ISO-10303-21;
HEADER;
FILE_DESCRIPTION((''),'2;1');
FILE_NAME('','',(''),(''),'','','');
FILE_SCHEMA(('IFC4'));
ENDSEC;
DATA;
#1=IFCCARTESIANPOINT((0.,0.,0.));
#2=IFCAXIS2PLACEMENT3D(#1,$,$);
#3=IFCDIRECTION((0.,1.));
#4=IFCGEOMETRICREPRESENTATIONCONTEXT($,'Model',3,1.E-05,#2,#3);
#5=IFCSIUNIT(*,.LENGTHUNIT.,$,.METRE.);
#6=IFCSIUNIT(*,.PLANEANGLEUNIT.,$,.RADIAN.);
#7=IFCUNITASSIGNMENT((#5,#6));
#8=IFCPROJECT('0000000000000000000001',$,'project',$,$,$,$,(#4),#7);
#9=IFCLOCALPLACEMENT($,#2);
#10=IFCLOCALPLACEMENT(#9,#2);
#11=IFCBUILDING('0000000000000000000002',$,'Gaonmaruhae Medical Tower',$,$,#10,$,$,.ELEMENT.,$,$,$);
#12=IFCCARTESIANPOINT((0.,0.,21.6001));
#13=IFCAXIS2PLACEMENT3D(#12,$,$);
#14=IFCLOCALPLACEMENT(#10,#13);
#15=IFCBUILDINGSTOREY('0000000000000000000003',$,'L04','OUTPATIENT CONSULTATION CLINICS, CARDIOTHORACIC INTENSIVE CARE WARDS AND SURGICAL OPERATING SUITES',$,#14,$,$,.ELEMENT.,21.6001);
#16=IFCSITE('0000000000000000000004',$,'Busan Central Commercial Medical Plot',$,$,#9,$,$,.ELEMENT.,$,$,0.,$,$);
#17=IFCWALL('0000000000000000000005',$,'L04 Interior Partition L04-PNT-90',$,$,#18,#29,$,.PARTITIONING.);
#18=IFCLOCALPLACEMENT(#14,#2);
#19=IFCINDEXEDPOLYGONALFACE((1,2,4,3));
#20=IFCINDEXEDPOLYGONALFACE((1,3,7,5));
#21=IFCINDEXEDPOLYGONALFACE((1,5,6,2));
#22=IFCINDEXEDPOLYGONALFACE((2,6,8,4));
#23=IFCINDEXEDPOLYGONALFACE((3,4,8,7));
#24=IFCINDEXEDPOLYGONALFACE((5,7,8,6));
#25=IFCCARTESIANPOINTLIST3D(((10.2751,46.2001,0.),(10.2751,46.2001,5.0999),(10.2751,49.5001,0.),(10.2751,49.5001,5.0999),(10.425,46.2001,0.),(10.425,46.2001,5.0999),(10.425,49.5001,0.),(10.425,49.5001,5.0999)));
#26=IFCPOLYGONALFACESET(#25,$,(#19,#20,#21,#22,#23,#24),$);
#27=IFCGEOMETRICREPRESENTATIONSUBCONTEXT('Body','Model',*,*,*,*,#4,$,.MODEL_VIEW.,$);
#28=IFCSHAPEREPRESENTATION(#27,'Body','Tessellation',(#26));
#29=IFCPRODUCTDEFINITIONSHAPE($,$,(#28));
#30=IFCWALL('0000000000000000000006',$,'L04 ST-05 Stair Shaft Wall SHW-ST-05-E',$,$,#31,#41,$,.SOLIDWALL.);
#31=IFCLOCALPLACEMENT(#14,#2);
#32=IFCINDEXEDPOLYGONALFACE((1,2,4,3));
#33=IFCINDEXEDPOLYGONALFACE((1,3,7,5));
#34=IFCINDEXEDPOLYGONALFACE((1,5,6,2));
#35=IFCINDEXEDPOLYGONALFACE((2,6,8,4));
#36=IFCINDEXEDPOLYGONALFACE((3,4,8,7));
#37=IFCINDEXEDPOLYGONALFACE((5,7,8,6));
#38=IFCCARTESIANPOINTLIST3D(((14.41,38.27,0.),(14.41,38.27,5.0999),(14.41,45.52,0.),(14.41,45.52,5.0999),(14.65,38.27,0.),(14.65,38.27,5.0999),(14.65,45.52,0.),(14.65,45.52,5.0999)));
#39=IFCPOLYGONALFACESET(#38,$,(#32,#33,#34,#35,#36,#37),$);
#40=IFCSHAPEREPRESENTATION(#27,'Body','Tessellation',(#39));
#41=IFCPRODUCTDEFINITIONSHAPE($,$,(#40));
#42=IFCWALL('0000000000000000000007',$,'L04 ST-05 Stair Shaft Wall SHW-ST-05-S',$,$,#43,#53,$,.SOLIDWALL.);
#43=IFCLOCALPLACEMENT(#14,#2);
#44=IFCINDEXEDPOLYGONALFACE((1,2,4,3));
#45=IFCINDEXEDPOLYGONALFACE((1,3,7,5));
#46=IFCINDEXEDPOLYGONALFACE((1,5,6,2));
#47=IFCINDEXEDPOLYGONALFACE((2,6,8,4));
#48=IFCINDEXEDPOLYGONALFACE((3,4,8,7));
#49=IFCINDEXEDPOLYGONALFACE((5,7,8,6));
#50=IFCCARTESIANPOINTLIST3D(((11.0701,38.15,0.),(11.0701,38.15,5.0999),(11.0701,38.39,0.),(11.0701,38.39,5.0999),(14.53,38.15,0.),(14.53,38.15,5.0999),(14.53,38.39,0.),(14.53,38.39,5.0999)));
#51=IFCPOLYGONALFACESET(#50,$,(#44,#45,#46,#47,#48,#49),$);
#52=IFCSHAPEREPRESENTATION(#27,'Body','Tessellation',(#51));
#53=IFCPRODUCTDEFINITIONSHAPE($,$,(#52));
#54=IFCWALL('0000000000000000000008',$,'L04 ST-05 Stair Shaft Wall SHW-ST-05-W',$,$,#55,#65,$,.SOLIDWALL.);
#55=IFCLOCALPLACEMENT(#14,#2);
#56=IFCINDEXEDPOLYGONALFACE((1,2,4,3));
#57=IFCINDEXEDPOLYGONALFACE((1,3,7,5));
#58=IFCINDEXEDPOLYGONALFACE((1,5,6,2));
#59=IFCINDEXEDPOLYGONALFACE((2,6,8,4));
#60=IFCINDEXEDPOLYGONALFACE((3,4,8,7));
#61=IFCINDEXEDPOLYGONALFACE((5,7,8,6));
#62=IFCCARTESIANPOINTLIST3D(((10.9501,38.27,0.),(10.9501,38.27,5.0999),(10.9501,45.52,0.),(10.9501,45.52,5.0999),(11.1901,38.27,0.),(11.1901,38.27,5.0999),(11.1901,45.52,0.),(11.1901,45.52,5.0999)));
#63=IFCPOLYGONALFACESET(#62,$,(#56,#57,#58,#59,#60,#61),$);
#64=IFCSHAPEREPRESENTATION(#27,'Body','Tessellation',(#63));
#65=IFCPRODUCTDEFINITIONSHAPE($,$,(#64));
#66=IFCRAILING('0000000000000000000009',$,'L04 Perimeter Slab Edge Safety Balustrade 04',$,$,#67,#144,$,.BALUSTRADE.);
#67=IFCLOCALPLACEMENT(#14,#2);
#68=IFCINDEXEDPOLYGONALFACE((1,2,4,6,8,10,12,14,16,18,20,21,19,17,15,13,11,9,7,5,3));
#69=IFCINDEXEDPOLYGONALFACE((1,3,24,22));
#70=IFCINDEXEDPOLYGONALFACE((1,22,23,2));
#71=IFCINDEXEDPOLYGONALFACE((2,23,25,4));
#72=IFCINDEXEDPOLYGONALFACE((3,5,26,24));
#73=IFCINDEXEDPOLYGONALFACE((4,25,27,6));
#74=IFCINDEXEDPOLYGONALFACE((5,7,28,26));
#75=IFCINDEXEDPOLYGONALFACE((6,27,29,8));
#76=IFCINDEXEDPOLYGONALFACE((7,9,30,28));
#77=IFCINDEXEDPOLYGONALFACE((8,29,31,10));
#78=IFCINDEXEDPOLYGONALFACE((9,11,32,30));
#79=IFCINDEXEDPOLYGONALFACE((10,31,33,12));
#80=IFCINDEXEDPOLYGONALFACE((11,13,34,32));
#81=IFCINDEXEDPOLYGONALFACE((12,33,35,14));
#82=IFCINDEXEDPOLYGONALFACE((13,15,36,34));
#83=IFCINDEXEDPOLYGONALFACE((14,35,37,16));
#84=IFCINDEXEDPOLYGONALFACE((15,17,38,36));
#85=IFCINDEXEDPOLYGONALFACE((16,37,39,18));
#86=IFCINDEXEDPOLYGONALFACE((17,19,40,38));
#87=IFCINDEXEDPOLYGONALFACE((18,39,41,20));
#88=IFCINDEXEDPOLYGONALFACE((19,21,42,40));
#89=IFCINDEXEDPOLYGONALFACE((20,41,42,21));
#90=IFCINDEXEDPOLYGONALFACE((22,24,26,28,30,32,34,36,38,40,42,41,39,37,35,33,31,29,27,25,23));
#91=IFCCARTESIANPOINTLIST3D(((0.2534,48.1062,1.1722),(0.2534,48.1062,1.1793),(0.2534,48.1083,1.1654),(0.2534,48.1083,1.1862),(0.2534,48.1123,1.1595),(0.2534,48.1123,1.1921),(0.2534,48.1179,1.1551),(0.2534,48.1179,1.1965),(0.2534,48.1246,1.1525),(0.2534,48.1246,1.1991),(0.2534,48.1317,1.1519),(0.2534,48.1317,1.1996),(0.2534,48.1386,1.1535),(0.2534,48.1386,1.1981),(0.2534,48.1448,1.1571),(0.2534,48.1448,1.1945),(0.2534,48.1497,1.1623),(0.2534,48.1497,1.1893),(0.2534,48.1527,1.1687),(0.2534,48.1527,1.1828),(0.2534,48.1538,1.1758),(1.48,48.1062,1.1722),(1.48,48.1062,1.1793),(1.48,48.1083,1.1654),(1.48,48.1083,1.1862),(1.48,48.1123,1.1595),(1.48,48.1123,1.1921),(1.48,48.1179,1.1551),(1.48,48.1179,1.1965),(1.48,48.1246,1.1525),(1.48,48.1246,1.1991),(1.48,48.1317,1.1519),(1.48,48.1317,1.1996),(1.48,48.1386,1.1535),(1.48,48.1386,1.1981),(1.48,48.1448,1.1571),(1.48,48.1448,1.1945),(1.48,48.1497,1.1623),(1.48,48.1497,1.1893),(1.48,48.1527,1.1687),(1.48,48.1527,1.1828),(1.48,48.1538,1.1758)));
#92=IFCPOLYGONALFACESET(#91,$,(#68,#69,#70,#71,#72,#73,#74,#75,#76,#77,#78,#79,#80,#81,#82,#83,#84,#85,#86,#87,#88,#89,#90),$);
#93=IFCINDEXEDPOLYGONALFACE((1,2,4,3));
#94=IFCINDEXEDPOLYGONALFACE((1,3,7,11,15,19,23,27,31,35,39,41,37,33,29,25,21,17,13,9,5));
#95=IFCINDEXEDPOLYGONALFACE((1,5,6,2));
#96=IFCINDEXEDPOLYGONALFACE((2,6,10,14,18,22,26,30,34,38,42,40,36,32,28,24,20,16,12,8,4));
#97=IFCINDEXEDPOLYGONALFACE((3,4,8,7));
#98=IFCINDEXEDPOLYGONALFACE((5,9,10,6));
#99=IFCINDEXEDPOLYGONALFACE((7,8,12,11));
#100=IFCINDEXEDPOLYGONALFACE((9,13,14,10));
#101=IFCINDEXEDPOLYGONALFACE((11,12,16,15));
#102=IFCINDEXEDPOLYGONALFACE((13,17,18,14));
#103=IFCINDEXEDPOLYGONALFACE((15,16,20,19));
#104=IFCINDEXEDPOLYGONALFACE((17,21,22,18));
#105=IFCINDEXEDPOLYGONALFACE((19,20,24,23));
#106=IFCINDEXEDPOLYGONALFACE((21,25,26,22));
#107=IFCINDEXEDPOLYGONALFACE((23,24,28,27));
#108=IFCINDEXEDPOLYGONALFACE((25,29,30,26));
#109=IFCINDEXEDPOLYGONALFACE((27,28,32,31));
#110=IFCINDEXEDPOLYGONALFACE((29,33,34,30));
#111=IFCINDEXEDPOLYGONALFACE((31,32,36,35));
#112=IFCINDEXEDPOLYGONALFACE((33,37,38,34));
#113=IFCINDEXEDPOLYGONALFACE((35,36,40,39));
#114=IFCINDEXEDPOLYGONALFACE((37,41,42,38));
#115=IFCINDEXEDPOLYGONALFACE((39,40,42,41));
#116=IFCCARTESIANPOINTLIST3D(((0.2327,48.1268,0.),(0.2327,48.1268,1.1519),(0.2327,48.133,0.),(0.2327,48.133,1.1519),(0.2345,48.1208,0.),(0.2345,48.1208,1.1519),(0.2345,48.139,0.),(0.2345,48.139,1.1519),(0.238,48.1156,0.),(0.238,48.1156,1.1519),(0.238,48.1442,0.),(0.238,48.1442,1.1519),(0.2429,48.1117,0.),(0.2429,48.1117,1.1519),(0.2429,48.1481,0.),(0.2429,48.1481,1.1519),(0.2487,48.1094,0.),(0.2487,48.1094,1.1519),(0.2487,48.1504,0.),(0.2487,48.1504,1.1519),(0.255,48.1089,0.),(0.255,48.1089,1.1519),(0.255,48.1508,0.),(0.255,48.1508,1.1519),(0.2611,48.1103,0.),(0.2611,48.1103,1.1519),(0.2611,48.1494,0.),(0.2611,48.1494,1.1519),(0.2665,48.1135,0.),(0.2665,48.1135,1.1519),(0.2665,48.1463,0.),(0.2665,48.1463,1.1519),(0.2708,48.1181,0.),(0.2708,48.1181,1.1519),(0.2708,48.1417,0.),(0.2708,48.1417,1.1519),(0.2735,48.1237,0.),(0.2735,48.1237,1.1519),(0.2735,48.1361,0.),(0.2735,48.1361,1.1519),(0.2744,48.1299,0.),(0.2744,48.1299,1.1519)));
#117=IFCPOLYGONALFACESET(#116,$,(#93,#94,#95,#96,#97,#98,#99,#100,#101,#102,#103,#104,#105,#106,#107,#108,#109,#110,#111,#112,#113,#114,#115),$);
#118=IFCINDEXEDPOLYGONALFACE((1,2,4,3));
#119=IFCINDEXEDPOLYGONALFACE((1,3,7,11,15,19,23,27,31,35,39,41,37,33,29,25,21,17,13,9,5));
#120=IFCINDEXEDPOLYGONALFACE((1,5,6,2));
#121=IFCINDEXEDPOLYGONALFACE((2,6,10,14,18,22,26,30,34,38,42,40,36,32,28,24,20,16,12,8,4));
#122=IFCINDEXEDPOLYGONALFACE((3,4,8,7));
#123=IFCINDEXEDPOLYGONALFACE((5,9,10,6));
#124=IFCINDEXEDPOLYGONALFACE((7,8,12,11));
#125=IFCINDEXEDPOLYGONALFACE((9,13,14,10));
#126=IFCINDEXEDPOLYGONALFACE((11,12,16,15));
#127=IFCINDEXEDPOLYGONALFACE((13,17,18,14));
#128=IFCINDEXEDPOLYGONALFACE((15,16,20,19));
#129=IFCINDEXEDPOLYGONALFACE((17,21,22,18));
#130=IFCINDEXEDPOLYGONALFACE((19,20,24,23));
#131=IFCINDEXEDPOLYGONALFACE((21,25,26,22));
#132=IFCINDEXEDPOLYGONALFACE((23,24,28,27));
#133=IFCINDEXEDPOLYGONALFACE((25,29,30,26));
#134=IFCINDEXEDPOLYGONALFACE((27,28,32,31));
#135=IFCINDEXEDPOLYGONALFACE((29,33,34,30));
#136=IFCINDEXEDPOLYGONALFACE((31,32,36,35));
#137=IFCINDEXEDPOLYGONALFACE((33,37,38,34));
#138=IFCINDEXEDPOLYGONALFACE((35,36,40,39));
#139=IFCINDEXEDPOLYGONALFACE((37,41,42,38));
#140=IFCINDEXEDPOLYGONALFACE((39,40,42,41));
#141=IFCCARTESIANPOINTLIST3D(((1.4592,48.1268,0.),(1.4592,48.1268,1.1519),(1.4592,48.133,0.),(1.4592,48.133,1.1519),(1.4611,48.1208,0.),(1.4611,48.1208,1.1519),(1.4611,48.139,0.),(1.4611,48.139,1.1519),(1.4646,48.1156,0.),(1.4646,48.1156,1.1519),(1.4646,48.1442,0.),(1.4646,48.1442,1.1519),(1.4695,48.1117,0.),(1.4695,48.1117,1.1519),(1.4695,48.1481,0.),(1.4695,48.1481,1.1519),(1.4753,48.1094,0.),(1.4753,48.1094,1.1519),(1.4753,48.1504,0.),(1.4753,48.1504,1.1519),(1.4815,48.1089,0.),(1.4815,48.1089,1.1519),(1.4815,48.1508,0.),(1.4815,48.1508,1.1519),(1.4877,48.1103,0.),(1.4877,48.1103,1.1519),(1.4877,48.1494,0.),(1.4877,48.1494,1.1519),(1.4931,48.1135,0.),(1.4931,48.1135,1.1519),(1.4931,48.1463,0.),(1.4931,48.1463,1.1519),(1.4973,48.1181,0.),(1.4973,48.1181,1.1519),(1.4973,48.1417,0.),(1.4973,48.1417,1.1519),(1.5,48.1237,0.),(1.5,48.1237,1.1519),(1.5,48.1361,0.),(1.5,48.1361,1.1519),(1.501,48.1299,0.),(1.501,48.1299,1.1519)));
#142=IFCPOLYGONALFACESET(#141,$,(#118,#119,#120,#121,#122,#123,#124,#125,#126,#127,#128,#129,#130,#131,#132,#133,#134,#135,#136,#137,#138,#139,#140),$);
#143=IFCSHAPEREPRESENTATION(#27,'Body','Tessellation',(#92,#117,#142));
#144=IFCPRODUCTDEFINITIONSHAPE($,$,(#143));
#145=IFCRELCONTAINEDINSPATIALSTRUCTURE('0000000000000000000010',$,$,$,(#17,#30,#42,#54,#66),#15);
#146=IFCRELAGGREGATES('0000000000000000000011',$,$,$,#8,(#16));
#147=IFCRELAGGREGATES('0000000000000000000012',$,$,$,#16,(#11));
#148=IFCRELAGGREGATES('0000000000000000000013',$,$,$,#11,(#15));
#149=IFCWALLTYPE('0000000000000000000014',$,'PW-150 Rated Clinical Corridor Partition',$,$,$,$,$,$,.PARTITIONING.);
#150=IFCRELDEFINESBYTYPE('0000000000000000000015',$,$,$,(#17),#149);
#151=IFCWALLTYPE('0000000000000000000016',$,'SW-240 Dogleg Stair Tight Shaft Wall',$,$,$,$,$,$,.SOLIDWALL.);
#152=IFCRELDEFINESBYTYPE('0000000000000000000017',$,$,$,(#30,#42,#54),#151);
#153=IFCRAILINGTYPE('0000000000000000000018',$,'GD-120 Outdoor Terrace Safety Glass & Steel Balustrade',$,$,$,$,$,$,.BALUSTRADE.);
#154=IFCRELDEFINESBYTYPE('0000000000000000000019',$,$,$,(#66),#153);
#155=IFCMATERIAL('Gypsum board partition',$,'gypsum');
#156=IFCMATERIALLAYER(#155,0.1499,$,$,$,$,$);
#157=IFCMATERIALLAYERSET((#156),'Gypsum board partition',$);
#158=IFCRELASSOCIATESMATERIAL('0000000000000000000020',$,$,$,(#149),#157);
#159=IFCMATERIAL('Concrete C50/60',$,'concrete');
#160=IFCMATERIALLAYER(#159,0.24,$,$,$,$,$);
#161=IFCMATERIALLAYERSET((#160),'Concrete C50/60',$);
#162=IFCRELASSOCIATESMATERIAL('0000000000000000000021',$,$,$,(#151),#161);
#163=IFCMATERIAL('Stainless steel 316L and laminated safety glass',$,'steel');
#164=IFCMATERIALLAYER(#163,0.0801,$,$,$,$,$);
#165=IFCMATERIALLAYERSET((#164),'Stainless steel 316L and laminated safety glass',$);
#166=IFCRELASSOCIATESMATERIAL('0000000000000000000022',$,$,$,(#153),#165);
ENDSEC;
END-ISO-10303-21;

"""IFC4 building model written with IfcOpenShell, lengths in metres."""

from ifc_helpers import new_model, si_unit, direction, frame, frame_2d, origin, origin_2d, place, context, subcontext, project, spatial, rectangle, circle, extrude, material, layer, layer_set, type_object, element, save


model = new_model("IFC4")

# Units and contexts
model_context = context("Model", 3, precision=1e-05, world=origin(), true_north=direction((0.0, 1.0)))
body_context = subcontext(model_context, "Body", "Model", "MODEL_VIEW")
ifc_project = project(units=[si_unit("LENGTHUNIT", "METRE"), si_unit("PLANEANGLEUNIT", "RADIAN")], contexts=[model_context])

# Site, building, storey
site_placement = place(None, origin())
site = spatial("IfcSite", under=ifc_project, at=site_placement, Name="Busan Central Commercial Medical Plot", CompositionType="ELEMENT", RefElevation=0.0)
building_placement = place(site_placement, origin())
building = spatial("IfcBuilding", under=site, at=building_placement, Name="Gaonmaruhae Medical Tower", CompositionType="ELEMENT")
storey_placement = place(building_placement, frame((0.0, 0.0, 21.6001)))
storey = spatial("IfcBuildingStorey", under=building, at=storey_placement, Name="L04", Description="OUTPATIENT CONSULTATION CLINICS, CARDIOTHORACIC INTENSIVE CARE WARDS AND SURGICAL OPERATING SUITES", CompositionType="ELEMENT", Elevation=21.6001)

# Shared definitions
ifc_material_1 = material(Name="Concrete C50/60", Category="concrete")

# Shared definitions
ifc_material_2 = material(Name="Gypsum board partition", Category="gypsum")
ifc_layer_1 = layer(ifc_material_2, 0.1499)
ifc_layer_set_1 = layer_set([ifc_layer_1], Name="Gypsum board partition")
wall_type_1 = type_object("IfcWallType", Name="PW-150 Rated Clinical Corridor Partition", PredefinedType="PARTITIONING", material=ifc_layer_set_1)

# Wall
wall_1_placement = place(storey_placement, frame((10.3501, 49.5, 0.0), z_axis=(0.0, 0.0, 1.0), x_axis=(0.0, -1.0, 0.0)))
element("IfcWall", 1, at=wall_1_placement, inside=storey, type_object=wall_type_1, Name="L04 Interior Partition L04-PNT-90", PredefinedType="PARTITIONING", context=body_context, shape_type="SweptSolid", body=[
    extrude(rectangle(XDim=3.3, YDim=0.1499, at=frame_2d((1.6499, 0.0))), origin(), (0.0, 0.0, 1.0), 5.0999),
])

# Shared definitions
ifc_layer_2 = layer(ifc_material_1, 0.24)
ifc_layer_set_2 = layer_set([ifc_layer_2], Name="Concrete C50/60")
wall_type_2 = type_object("IfcWallType", Name="SW-240 Dogleg Stair Tight Shaft Wall", PredefinedType="SOLIDWALL", material=ifc_layer_set_2)

# Walls
wall_2_placement = place(storey_placement, frame((14.53, 45.52, 0.0), z_axis=(0.0, 0.0, 1.0), x_axis=(0.0, -1.0, 0.0)))
element("IfcWall", 2, at=wall_2_placement, inside=storey, type_object=wall_type_2, Name="L04 ST-05 Stair Shaft Wall SHW-ST-05-E", PredefinedType="SOLIDWALL", context=body_context, shape_type="SweptSolid", body=[
    extrude(rectangle(XDim=7.25, YDim=0.24, at=frame_2d((3.625, 0.0))), origin(), (0.0, 0.0, 1.0), 5.0999),
])
wall_3_placement = place(storey_placement, frame((14.53, 38.27, 0.0), z_axis=(0.0, 0.0, 1.0), x_axis=(-1.0, 0.0, 0.0)))
element("IfcWall", 3, at=wall_3_placement, inside=storey, type_object=wall_type_2, Name="L04 ST-05 Stair Shaft Wall SHW-ST-05-S", PredefinedType="SOLIDWALL", context=body_context, shape_type="SweptSolid", body=[
    extrude(rectangle(XDim=3.46, YDim=0.24, at=frame_2d((1.73, 0.0))), origin(), (0.0, 0.0, 1.0), 5.0999),
])
wall_4_placement = place(storey_placement, frame((11.0701, 38.27, 0.0), z_axis=(0.0, 0.0, 1.0), x_axis=(0.0, 1.0, 0.0)))
element("IfcWall", 4, at=wall_4_placement, inside=storey, type_object=wall_type_2, Name="L04 ST-05 Stair Shaft Wall SHW-ST-05-W", PredefinedType="SOLIDWALL", context=body_context, shape_type="SweptSolid", body=[
    extrude(rectangle(XDim=7.25, YDim=0.24, at=frame_2d((3.625, 0.0))), origin(), (0.0, 0.0, 1.0), 5.0999),
])

# Railing
ifc_material_3 = material(Name="Stainless steel 316L and laminated safety glass", Category="steel")
ifc_layer_3 = layer(ifc_material_3, 0.0801)
ifc_layer_set_3 = layer_set([ifc_layer_3], Name="Stainless steel 316L and laminated safety glass")
railing_type_1 = type_object("IfcRailingType", Name="GD-120 Outdoor Terrace Safety Glass & Steel Balustrade", PredefinedType="BALUSTRADE", material=ifc_layer_set_3)
railing_1_placement = place(storey_placement, frame((0.2534, 48.1299, 0.0)))
element("IfcRailing", 5, at=railing_1_placement, inside=storey, type_object=railing_type_1, Name="L04 Perimeter Slab Edge Safety Balustrade 04", PredefinedType="BALUSTRADE", context=body_context, shape_type="SweptSolid", body=[
    extrude(circle(Radius=0.0239, at=origin_2d()), frame((0.0, 0.0, 1.1758), z_axis=(1.0, 0.0, 0.0), x_axis=(0.0, 1.0, 0.0)), (0.0, 0.0, 1.0), 1.2266),
    extrude(circle(Radius=0.021, at=origin_2d()), origin(), (0.0, 0.0, 1.0), 1.1519),
    extrude(circle(Radius=0.021, at=origin_2d()), frame((1.2266, 0.0, 0.0)), (0.0, 0.0, 1.0), 1.1519),
])

save(model, "model.ifc")
